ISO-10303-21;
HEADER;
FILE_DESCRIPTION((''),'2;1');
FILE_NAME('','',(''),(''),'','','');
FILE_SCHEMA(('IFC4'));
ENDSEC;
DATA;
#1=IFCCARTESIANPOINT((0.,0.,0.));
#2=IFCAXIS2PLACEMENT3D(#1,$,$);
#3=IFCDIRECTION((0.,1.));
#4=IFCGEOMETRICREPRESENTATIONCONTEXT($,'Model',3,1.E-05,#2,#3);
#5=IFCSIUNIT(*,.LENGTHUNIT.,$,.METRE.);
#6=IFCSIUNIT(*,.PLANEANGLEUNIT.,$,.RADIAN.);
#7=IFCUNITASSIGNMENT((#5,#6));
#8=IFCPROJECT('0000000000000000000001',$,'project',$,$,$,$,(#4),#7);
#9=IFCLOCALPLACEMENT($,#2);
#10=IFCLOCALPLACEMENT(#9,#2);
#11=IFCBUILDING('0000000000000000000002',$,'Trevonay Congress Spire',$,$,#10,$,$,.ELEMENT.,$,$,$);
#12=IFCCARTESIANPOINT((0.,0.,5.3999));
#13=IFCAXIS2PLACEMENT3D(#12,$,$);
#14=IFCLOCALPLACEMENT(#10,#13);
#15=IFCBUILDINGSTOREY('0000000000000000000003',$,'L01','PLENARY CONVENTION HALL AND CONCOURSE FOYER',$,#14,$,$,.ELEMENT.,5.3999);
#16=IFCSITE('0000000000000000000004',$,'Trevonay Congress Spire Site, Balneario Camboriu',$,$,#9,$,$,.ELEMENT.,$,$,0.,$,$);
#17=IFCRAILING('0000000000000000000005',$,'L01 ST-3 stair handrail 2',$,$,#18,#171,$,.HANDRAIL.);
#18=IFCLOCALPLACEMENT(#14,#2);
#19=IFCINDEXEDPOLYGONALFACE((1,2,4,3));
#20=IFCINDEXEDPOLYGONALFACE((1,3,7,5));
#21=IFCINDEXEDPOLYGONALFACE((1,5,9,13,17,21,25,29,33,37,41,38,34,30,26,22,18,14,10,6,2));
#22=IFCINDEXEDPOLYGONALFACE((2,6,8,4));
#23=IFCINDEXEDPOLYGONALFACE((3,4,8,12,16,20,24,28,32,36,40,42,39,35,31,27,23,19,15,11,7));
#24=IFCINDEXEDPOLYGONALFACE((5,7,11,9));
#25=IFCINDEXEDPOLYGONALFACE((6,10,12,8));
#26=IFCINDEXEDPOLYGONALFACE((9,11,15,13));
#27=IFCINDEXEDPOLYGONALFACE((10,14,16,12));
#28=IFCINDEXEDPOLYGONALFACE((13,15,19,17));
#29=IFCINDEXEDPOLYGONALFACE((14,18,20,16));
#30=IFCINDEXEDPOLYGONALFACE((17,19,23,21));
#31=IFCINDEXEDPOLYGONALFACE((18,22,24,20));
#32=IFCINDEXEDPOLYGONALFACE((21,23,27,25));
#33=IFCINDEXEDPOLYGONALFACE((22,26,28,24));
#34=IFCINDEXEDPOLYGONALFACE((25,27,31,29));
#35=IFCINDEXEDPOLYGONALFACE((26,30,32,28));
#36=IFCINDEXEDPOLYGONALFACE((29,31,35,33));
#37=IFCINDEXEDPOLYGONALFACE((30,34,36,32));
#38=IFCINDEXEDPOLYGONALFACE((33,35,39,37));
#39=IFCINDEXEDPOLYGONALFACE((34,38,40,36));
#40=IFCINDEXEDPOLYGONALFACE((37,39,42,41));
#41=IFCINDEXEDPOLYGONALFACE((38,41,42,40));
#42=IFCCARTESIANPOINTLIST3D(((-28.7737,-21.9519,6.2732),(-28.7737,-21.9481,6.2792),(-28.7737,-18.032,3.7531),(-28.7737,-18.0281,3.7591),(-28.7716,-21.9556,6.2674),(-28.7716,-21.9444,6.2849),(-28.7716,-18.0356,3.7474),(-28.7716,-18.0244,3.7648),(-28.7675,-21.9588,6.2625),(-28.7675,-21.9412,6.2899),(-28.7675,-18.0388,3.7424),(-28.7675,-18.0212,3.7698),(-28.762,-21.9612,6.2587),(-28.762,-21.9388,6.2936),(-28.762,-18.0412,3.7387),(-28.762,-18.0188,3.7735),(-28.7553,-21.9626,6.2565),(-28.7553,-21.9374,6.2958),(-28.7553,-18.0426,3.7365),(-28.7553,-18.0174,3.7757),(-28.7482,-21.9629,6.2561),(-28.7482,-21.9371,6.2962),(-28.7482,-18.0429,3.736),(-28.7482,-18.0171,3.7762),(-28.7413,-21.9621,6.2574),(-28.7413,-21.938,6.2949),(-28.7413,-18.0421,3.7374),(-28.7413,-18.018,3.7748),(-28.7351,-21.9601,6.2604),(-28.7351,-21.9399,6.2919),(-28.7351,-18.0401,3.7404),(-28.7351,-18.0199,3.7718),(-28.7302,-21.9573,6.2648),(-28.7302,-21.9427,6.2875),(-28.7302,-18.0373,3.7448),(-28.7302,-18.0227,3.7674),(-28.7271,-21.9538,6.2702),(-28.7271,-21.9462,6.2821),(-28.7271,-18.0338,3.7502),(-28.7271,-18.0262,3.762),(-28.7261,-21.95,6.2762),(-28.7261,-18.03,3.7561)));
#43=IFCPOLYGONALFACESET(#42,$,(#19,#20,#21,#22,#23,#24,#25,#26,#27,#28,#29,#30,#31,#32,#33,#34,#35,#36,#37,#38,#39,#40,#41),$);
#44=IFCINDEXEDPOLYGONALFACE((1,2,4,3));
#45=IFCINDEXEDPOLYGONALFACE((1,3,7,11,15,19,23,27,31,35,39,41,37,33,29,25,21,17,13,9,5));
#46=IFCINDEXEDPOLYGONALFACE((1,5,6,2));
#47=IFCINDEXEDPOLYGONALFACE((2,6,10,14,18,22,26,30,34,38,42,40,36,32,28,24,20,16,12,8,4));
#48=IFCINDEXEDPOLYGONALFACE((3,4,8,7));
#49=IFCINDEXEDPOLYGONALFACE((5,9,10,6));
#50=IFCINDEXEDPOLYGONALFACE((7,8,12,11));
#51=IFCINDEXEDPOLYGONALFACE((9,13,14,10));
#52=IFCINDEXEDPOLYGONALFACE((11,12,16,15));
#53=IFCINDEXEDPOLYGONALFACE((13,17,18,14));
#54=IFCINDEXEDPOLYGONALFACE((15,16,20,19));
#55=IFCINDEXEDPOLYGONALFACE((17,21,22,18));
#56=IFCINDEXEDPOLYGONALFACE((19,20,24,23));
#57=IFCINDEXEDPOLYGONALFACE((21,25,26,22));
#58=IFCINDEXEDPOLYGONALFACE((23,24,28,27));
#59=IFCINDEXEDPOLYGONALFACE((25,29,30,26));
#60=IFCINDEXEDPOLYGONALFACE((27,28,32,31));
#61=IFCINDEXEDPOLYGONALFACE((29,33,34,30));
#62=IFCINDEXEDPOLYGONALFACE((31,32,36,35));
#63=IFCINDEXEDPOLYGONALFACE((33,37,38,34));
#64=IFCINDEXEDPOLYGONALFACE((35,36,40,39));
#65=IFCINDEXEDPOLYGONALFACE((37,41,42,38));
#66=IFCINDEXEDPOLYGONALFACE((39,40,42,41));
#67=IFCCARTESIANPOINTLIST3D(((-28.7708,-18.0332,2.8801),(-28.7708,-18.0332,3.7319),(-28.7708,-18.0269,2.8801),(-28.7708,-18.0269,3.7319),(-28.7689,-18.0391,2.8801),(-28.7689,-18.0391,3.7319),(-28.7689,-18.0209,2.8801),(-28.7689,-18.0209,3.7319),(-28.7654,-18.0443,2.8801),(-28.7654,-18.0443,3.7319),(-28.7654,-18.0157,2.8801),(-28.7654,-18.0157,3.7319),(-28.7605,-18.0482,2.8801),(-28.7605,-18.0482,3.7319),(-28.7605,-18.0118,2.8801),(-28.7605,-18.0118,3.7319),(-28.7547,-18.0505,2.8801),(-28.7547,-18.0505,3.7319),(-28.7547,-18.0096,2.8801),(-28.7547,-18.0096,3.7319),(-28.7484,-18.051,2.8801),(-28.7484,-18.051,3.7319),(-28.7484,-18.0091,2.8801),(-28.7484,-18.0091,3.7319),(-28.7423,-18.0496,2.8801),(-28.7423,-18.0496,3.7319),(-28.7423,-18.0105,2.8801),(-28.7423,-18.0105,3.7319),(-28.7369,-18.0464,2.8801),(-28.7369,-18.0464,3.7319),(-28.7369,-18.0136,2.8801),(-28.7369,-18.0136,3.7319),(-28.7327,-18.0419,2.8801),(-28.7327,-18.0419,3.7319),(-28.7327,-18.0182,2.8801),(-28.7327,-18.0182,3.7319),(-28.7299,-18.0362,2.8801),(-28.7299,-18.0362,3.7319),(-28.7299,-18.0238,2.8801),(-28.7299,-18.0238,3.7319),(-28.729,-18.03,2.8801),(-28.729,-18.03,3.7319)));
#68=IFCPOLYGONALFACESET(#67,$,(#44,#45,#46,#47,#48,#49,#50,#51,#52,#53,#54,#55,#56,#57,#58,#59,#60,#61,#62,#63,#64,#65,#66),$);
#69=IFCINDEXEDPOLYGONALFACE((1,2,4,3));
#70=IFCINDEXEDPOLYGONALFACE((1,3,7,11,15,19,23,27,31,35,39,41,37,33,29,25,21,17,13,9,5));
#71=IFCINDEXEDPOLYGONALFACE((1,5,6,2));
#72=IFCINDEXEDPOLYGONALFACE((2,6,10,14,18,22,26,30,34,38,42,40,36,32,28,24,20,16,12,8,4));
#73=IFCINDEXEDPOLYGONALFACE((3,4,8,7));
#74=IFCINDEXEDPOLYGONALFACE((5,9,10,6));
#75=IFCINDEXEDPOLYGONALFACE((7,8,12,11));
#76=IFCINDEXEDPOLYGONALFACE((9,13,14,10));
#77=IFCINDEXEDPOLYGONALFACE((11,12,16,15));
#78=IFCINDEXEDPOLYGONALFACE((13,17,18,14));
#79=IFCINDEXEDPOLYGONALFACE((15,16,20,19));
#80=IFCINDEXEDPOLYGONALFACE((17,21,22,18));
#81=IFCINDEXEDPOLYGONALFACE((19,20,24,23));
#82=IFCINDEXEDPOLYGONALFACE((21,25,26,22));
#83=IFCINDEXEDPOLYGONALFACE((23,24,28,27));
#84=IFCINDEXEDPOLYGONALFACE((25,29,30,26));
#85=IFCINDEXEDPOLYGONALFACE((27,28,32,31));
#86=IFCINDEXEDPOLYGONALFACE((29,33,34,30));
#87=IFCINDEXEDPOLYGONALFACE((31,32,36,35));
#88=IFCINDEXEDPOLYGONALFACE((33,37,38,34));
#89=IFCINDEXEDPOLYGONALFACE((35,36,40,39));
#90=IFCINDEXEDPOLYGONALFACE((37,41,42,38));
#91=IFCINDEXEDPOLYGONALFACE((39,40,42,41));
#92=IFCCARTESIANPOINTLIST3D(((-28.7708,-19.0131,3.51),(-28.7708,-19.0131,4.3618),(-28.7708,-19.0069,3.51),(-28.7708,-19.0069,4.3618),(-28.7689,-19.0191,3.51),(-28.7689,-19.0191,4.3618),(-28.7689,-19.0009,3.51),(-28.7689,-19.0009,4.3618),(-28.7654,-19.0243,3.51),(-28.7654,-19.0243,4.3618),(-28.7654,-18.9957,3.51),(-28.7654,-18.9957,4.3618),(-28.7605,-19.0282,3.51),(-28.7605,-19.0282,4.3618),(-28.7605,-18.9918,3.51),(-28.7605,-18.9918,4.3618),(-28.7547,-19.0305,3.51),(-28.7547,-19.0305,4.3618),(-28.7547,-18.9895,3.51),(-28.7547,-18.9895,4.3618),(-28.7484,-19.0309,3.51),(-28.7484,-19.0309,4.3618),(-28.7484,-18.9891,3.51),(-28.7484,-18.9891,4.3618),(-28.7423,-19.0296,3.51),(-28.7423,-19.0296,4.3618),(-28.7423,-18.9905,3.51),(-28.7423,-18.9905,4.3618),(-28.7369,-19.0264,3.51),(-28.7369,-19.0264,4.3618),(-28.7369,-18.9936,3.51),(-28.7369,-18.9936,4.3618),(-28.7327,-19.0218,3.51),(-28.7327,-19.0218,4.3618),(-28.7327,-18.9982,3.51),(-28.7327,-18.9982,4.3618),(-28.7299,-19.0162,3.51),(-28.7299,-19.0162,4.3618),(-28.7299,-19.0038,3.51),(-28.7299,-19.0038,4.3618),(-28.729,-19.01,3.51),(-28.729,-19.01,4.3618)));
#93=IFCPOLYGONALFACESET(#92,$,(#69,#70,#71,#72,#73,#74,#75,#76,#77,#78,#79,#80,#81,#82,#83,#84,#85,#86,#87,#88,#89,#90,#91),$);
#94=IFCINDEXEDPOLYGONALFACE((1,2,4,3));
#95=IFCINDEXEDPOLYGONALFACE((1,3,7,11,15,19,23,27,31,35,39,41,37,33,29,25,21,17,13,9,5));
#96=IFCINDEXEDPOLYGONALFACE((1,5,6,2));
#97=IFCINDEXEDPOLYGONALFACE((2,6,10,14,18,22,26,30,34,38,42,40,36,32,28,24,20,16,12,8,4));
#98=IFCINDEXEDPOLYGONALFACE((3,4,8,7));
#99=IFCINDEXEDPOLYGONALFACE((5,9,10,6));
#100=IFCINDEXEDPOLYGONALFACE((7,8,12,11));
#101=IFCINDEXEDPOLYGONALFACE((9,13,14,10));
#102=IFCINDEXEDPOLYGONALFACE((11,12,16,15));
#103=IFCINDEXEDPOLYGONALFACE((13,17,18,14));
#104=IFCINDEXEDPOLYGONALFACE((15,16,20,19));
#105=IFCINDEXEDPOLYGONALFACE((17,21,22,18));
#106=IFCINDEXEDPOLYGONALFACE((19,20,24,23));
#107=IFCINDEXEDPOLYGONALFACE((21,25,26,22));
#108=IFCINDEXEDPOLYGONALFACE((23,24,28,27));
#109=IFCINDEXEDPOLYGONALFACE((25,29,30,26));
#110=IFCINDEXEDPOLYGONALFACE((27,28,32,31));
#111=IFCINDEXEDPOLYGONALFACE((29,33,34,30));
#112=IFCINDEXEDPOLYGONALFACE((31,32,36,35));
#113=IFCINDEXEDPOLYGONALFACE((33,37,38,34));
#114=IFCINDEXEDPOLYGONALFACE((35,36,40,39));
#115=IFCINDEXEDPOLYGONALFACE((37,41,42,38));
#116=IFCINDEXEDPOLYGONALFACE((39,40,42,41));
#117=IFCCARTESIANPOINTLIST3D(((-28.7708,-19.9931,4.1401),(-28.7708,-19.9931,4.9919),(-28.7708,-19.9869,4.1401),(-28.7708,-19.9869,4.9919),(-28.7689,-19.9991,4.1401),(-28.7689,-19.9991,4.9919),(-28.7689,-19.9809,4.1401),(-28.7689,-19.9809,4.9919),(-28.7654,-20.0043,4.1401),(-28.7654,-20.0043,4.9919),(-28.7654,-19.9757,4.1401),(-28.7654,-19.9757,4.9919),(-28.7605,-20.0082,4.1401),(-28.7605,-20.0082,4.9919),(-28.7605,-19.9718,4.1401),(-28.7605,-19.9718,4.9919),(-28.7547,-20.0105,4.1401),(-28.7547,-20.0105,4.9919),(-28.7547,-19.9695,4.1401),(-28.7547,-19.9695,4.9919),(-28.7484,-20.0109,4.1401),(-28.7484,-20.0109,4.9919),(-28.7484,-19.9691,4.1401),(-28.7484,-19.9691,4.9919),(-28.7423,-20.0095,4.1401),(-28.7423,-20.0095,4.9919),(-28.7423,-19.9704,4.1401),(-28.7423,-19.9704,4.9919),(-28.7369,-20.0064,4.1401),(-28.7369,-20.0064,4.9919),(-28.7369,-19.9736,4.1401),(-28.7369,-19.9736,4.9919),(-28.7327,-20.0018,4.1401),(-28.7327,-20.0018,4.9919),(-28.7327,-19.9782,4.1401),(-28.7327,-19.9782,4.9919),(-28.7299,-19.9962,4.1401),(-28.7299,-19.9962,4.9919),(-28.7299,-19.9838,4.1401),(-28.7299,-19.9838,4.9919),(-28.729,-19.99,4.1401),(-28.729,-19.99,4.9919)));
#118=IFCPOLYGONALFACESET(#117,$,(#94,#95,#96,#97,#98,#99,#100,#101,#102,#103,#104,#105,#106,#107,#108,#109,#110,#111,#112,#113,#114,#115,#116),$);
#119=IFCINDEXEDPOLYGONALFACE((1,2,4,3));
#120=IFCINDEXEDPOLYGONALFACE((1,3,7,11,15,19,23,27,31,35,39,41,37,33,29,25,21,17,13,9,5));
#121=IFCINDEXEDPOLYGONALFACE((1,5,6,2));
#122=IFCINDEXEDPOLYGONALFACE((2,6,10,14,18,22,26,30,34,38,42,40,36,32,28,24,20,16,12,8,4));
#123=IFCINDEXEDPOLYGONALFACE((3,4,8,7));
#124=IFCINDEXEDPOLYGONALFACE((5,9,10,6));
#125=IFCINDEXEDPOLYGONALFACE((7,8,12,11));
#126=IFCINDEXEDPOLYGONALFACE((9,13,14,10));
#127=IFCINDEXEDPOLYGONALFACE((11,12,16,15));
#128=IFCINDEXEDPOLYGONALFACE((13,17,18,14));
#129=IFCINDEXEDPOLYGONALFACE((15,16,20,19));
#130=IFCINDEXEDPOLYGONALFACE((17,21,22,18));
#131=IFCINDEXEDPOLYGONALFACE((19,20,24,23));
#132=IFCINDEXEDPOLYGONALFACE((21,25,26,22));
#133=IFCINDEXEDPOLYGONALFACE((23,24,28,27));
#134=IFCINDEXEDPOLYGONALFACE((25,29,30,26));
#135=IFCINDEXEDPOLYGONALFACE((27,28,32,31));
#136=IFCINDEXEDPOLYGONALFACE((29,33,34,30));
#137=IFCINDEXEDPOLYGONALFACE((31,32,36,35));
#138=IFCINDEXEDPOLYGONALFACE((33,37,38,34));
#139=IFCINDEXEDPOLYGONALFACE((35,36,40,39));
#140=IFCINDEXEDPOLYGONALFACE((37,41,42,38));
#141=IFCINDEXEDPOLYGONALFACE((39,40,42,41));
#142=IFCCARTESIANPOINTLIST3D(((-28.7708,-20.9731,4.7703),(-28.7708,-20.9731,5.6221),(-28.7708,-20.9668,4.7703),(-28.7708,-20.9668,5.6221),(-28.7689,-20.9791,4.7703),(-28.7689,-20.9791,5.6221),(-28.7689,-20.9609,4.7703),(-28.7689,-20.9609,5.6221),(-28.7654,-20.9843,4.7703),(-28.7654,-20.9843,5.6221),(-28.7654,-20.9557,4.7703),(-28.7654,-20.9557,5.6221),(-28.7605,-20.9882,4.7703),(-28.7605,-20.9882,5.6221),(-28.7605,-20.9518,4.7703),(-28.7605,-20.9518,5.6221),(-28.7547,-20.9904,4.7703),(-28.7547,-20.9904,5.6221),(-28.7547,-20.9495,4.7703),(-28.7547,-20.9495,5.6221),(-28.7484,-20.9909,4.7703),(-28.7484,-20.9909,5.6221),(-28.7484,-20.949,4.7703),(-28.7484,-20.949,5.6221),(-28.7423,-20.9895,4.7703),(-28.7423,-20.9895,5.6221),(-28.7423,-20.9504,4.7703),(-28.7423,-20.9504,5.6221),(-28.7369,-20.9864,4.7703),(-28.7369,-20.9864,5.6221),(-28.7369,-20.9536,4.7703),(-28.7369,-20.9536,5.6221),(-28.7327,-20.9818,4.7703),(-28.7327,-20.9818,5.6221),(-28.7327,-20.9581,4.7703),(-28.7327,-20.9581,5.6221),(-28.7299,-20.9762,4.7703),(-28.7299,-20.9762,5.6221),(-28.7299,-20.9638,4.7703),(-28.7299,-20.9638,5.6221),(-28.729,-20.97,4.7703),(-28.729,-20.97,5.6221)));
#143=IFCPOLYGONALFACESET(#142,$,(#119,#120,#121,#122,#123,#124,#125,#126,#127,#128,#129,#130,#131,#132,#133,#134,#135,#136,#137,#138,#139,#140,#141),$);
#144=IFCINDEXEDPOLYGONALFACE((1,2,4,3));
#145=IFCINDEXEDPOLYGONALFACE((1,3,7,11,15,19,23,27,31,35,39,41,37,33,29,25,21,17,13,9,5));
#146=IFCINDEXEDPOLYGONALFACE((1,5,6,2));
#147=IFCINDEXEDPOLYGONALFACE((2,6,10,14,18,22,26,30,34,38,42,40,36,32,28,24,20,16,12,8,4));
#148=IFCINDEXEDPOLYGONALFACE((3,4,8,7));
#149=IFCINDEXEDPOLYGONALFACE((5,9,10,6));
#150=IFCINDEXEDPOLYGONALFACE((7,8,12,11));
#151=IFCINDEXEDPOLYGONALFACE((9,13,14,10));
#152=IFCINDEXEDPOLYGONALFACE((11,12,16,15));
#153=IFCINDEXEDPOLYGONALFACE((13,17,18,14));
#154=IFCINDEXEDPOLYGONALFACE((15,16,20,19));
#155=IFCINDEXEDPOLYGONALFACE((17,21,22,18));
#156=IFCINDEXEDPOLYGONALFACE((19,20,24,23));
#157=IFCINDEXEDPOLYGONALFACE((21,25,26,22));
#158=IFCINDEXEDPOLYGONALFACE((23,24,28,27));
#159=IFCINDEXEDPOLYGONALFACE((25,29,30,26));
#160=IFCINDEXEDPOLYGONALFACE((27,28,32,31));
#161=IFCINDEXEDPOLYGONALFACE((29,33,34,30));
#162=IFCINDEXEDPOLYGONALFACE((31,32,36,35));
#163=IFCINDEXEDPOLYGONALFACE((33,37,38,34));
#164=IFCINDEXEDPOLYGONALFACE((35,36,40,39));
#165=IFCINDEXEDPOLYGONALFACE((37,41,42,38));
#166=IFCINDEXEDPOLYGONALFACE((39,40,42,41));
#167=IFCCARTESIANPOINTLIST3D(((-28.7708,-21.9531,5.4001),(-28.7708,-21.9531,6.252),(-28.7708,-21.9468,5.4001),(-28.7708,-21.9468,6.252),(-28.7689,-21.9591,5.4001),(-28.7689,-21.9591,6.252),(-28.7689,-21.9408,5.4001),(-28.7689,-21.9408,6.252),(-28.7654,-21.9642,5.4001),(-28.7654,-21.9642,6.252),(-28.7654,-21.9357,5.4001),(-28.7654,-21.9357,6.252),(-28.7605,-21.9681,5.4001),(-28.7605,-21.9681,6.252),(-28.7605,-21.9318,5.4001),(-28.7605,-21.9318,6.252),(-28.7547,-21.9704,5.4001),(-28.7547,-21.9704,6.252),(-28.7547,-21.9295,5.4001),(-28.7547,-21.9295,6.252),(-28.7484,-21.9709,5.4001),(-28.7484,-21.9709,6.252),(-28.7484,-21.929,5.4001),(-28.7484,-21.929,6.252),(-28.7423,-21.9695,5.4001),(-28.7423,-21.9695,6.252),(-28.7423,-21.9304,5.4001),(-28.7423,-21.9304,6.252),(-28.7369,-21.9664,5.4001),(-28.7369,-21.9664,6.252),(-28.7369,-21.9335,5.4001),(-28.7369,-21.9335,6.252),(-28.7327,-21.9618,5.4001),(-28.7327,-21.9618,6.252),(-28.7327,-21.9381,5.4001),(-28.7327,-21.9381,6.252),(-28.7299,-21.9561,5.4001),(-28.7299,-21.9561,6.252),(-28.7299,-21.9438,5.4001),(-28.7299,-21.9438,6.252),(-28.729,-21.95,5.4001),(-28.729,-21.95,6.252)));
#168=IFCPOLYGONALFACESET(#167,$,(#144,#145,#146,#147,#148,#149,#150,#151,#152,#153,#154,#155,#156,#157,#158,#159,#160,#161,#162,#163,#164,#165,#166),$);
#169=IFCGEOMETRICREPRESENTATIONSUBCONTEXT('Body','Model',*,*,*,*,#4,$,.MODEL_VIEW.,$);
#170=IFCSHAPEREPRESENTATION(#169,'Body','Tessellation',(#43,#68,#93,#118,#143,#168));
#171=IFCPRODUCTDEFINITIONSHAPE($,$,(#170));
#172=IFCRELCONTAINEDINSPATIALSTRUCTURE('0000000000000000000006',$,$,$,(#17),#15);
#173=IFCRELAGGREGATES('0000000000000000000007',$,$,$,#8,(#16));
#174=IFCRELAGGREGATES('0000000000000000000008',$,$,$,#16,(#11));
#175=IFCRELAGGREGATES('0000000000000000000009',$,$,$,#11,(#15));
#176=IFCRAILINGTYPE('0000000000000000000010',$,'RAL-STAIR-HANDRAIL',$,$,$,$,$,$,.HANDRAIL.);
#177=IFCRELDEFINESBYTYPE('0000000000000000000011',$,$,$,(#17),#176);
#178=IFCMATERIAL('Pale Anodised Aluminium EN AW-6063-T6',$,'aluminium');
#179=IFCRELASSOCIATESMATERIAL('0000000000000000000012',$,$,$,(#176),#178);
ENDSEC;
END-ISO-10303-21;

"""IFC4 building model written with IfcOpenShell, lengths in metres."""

from ifc_helpers import new_model, si_unit, direction, frame, origin, origin_2d, place, context, subcontext, project, spatial, circle, extrude, material, type_object, element, save


model = new_model("IFC4")

# Units and contexts
model_context = context("Model", 3, precision=1e-05, world=origin(), true_north=direction((0.0, 1.0)))
body_context = subcontext(model_context, "Body", "Model", "MODEL_VIEW")
ifc_project = project(units=[si_unit("LENGTHUNIT", "METRE"), si_unit("PLANEANGLEUNIT", "RADIAN")], contexts=[model_context])

# Site, building, storey
site_placement = place(None, origin())
site = spatial("IfcSite", under=ifc_project, at=site_placement, Name="Trevonay Congress Spire Site, Balneario Camboriu", CompositionType="ELEMENT", RefElevation=0.0)
building_placement = place(site_placement, origin())
building = spatial("IfcBuilding", under=site, at=building_placement, Name="Trevonay Congress Spire", CompositionType="ELEMENT")
storey_placement = place(building_placement, frame((0.0, 0.0, 5.3999)))
storey = spatial("IfcBuildingStorey", under=building, at=storey_placement, Name="L01", Description="PLENARY CONVENTION HALL AND CONCOURSE FOYER", CompositionType="ELEMENT", Elevation=5.3999)

# Shared definitions
ifc_material_1 = material(Name="Pale Anodised Aluminium EN AW-6063-T6", Category="aluminium")

# Railing
railing_type_1 = type_object("IfcRailingType", Name="RAL-STAIR-HANDRAIL", PredefinedType="HANDRAIL", material=ifc_material_1)
railing_1_placement = place(storey_placement, frame((-28.75, -18.03, 2.8801)))
element("IfcRailing", 1, at=railing_1_placement, inside=storey, type_object=railing_type_1, Name="L01 ST-3 stair handrail 2", PredefinedType="HANDRAIL", context=body_context, shape_type="SweptSolid", body=[
    extrude(circle(Radius=0.0239, at=origin_2d()), frame((0.0, 0.0, 0.876), z_axis=(0.0, -0.841172, 0.540768), x_axis=(1.0, 0.0, 0.0)), (0.0, 0.0, 1.0), 4.6602),
    extrude(circle(Radius=0.021, at=origin_2d()), origin(), (0.0, 0.0, 1.0), 0.8518),
    extrude(circle(Radius=0.021, at=origin_2d()), frame((0.0, -0.98, 0.6299)), (0.0, 0.0, 1.0), 0.8518),
    extrude(circle(Radius=0.021, at=origin_2d()), frame((0.0, -1.96, 1.26)), (0.0, 0.0, 1.0), 0.8518),
    extrude(circle(Radius=0.021, at=origin_2d()), frame((0.0, -2.9399, 1.8901)), (0.0, 0.0, 1.0), 0.8518),
    extrude(circle(Radius=0.021, at=origin_2d()), frame((0.0, -3.9199, 2.52)), (0.0, 0.0, 1.0), 0.8518),
])

save(model, "model.ifc")
